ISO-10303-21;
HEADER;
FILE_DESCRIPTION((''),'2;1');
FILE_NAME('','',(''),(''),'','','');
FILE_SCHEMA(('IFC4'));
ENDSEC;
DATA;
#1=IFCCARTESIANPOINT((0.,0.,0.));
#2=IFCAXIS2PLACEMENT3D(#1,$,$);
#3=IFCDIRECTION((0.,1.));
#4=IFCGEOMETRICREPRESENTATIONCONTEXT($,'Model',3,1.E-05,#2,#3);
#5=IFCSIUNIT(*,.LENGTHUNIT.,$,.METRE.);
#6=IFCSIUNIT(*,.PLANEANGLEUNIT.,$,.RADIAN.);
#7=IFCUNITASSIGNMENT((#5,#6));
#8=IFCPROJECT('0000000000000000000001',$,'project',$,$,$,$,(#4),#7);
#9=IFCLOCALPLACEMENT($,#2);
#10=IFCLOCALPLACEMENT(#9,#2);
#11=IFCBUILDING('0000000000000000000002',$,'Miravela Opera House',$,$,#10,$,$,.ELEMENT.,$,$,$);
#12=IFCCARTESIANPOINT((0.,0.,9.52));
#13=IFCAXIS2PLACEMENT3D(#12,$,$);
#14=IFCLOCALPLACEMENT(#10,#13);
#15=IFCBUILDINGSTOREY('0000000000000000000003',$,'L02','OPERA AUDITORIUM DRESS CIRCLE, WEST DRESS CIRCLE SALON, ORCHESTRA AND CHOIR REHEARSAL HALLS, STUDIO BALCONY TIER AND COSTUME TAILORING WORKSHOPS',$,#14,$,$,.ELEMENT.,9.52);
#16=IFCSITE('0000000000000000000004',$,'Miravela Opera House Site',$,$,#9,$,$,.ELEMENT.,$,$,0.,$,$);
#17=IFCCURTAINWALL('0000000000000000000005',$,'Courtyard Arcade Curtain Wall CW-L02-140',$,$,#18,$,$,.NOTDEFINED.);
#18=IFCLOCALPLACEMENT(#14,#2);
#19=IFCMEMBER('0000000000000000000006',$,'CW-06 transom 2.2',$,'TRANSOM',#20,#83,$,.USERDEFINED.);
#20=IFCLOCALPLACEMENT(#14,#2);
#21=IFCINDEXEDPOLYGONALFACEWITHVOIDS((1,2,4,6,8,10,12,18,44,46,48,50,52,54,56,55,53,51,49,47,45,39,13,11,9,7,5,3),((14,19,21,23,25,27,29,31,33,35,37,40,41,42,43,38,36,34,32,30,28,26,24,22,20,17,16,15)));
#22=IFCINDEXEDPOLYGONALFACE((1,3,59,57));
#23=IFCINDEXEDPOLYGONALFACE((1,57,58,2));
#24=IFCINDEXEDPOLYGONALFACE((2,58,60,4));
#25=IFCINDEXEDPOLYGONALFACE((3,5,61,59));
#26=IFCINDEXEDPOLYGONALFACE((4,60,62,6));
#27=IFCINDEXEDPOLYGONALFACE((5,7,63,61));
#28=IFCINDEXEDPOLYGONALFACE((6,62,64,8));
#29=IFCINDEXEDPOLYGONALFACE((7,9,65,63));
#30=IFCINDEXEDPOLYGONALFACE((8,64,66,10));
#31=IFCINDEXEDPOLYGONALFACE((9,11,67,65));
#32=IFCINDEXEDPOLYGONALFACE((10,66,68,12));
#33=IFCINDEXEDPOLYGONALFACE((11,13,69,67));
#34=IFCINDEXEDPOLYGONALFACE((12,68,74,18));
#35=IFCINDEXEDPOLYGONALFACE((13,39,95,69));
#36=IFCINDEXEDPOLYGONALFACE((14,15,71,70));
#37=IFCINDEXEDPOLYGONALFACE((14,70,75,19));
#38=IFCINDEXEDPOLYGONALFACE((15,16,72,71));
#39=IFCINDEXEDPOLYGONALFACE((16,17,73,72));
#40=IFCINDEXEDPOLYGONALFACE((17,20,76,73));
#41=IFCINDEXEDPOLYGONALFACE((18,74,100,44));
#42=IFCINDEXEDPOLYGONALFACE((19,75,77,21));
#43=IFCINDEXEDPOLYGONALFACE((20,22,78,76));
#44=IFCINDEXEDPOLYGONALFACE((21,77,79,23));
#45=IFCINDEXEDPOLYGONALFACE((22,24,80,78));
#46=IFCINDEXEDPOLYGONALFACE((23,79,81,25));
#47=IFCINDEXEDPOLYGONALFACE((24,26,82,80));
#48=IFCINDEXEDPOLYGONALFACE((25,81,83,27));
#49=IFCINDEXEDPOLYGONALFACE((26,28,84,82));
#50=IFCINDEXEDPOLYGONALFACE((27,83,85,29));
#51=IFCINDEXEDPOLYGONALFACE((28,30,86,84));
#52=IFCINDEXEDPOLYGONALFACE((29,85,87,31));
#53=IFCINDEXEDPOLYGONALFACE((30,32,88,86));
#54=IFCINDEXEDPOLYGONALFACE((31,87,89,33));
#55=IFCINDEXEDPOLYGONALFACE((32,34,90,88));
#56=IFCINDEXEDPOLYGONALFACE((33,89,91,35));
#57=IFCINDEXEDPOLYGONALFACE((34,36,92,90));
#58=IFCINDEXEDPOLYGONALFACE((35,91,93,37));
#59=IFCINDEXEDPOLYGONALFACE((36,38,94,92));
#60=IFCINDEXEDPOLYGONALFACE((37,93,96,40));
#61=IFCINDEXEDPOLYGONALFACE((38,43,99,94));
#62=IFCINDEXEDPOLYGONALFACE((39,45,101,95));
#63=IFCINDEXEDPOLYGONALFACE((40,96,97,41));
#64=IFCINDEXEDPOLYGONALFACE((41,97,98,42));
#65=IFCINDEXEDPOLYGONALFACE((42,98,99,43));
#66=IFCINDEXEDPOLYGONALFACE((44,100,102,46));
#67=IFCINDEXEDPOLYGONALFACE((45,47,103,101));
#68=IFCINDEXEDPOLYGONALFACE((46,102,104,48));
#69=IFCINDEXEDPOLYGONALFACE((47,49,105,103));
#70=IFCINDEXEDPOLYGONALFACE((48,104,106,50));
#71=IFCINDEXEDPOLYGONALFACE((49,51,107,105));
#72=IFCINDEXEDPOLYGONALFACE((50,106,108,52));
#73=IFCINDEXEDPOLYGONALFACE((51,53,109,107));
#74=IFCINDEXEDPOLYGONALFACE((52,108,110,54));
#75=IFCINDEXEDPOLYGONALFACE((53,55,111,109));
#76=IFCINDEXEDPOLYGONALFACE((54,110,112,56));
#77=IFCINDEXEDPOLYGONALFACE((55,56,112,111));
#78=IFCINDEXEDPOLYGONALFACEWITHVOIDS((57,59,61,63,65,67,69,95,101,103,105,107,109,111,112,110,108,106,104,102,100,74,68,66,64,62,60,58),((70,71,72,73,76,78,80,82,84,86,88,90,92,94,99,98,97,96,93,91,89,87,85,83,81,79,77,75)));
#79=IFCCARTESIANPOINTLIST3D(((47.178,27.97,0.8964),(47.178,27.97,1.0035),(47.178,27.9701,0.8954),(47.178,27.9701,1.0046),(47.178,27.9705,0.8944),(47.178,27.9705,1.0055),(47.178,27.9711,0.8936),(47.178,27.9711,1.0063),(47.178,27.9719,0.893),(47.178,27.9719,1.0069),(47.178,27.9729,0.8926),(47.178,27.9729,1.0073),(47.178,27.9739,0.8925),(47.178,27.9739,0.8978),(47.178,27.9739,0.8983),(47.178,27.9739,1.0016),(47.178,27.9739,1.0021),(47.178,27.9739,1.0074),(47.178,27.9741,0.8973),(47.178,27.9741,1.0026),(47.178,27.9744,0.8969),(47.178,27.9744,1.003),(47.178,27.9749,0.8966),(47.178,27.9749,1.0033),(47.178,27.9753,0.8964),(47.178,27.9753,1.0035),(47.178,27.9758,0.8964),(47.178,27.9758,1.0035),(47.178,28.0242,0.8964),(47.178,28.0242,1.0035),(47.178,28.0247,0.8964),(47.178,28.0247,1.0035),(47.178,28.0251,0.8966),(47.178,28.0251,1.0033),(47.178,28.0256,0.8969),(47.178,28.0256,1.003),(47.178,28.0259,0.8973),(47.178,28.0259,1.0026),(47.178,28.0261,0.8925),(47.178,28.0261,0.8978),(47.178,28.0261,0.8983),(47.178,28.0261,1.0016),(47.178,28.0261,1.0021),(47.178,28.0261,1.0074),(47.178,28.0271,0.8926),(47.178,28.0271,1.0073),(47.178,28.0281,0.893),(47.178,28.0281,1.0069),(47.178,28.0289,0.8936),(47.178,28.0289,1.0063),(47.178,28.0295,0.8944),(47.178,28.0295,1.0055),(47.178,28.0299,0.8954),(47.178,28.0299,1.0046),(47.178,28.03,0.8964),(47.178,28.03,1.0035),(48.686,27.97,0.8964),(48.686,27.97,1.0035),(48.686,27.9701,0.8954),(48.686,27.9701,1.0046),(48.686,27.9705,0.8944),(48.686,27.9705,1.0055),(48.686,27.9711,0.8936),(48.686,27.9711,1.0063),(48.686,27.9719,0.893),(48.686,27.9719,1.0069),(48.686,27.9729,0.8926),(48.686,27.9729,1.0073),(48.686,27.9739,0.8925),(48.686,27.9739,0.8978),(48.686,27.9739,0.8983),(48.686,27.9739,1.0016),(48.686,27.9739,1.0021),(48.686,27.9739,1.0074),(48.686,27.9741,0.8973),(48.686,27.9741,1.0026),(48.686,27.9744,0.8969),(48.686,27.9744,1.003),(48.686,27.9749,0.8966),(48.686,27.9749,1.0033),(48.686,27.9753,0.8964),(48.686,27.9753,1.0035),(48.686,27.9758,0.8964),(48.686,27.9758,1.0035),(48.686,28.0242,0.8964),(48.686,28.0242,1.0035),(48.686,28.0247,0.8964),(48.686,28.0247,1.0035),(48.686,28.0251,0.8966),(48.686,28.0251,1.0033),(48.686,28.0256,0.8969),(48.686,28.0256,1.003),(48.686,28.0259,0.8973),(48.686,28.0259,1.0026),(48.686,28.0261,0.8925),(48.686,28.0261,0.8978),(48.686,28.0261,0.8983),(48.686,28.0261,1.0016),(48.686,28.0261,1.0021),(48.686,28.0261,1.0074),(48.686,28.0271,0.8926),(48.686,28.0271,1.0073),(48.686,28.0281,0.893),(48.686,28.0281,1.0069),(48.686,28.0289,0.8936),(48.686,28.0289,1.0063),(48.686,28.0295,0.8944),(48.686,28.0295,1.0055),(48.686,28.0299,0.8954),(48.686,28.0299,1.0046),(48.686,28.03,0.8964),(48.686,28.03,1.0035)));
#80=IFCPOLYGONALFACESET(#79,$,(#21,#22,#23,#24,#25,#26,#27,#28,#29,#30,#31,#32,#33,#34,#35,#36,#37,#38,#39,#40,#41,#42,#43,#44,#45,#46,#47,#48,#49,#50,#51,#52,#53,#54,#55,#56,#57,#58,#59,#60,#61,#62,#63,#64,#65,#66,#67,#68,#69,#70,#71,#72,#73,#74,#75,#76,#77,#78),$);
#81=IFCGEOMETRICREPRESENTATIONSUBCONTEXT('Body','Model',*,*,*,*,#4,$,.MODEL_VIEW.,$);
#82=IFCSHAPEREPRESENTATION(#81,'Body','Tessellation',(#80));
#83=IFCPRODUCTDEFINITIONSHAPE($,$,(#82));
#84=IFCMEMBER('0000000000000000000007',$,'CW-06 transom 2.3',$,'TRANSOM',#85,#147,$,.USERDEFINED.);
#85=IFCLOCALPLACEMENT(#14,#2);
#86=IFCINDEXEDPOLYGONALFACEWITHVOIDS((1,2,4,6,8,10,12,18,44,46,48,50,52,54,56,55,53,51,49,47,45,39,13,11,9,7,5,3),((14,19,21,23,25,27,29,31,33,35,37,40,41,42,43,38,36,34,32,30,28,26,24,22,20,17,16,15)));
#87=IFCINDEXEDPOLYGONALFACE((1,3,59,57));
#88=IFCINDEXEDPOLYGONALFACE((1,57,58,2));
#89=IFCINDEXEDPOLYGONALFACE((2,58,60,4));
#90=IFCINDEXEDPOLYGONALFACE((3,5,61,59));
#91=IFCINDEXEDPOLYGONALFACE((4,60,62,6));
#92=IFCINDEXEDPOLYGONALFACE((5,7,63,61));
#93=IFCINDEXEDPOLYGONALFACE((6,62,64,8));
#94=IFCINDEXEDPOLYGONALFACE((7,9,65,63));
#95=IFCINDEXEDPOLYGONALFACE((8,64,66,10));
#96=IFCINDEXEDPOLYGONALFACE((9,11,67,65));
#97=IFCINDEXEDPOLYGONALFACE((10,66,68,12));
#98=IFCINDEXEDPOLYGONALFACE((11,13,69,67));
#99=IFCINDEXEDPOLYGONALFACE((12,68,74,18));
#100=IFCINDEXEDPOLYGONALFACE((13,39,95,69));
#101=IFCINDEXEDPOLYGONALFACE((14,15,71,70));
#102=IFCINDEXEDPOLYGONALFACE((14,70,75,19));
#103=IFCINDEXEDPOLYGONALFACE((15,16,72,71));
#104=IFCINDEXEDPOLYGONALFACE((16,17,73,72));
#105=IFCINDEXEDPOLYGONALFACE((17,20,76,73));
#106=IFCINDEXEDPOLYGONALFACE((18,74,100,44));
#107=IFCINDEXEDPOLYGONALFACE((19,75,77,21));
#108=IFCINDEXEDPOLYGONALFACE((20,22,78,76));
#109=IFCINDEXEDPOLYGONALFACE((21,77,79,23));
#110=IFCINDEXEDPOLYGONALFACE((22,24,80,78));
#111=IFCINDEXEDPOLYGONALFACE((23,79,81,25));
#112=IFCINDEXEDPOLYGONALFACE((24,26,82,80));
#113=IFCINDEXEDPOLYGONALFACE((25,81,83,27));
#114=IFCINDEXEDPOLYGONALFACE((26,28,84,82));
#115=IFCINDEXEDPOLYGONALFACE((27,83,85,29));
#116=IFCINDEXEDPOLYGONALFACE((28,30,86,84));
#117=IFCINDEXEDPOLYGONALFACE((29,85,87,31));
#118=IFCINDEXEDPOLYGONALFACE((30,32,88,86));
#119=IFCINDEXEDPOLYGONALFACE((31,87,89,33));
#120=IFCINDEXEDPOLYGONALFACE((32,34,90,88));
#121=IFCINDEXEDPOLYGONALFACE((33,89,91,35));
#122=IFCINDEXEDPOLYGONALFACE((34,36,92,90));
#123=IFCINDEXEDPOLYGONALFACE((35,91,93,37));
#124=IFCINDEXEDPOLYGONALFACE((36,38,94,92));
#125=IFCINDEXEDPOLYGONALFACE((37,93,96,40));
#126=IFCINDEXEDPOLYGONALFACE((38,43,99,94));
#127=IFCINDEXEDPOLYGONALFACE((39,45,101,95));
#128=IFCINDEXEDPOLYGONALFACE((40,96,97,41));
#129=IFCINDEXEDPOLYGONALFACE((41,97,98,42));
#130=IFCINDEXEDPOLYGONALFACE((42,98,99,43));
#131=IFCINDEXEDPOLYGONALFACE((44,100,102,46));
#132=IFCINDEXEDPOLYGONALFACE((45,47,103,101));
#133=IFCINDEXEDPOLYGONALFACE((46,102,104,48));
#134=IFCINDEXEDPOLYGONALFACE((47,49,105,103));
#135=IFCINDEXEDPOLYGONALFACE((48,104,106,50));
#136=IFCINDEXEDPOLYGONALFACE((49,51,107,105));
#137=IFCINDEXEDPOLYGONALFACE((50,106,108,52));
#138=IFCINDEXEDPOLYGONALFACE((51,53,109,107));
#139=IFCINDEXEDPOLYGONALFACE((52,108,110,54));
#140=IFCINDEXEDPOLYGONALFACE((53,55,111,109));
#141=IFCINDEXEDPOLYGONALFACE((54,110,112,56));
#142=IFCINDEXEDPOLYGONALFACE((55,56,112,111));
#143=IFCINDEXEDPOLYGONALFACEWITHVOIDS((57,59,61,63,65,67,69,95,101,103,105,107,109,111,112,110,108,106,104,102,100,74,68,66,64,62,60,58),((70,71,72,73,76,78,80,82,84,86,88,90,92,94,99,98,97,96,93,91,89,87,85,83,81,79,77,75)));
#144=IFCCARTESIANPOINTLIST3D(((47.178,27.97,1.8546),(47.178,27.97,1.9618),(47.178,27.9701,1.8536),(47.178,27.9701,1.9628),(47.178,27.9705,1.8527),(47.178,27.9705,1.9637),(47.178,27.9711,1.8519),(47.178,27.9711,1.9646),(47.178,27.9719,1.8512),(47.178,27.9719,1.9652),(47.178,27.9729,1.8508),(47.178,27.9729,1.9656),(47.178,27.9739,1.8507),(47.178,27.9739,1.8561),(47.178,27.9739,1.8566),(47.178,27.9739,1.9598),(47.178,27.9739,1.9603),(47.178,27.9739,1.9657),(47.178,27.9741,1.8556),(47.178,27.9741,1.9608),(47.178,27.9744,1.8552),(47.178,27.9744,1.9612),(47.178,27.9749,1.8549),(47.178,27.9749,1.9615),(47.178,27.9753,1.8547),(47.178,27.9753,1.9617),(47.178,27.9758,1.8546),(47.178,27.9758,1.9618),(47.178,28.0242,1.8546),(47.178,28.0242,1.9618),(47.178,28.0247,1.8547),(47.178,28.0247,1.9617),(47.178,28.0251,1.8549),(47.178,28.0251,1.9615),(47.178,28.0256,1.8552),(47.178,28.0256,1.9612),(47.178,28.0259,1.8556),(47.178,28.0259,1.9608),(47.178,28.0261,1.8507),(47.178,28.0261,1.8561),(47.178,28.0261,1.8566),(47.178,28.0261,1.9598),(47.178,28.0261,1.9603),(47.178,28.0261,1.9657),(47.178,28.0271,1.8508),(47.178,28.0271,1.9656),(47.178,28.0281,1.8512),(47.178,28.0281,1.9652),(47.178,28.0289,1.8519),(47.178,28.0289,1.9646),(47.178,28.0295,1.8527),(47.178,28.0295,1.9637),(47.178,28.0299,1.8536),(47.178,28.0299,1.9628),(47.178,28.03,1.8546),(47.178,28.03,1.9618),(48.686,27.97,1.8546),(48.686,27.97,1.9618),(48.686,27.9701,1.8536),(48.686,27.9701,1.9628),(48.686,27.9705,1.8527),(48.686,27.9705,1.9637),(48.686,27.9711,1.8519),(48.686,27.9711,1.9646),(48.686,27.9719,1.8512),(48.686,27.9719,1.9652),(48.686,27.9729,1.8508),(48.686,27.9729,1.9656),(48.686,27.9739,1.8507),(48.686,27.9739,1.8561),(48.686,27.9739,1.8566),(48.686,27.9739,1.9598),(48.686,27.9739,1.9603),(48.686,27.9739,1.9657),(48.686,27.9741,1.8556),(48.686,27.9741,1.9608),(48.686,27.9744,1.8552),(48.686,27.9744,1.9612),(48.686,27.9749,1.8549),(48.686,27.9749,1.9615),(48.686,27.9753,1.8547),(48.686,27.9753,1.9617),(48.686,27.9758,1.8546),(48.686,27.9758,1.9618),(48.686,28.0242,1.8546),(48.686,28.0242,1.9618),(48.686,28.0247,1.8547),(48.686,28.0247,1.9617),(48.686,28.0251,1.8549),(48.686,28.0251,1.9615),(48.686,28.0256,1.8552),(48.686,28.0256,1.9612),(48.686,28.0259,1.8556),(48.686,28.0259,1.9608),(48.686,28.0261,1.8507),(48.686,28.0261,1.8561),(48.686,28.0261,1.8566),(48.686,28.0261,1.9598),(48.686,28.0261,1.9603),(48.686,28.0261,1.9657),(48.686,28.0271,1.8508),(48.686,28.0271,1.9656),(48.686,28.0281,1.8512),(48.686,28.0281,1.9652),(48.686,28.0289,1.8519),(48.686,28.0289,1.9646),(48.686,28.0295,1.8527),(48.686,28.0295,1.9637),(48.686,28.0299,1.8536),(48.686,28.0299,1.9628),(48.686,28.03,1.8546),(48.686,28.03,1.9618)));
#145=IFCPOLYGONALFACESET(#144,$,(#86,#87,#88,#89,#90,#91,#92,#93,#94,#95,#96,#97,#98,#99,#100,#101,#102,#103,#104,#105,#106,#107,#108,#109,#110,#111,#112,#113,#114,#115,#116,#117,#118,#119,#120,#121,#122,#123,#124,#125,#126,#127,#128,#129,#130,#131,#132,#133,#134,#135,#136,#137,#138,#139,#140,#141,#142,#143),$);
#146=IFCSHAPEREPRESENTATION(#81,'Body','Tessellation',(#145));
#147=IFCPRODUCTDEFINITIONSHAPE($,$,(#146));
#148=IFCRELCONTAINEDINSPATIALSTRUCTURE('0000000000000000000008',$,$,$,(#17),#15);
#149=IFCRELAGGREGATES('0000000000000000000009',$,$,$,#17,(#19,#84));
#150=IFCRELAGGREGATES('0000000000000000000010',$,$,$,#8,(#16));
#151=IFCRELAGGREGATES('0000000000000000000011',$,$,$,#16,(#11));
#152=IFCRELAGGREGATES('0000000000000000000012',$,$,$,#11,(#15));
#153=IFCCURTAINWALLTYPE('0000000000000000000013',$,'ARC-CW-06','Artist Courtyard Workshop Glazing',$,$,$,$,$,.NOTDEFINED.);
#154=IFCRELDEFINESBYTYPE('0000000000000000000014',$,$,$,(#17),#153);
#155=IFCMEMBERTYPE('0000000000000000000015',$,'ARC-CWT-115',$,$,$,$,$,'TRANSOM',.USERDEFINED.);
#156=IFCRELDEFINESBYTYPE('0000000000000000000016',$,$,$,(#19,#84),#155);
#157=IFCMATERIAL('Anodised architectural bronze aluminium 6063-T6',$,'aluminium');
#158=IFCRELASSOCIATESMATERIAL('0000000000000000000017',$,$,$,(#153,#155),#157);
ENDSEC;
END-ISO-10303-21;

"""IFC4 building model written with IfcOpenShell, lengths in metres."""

from ifc_helpers import new_model, si_unit, direction, frame, origin, origin_2d, place, context, subcontext, project, spatial, hollow_rectangle, extrude, material, material_profile, profile_set, type_object, element, aggregate, save


model = new_model("IFC4")

# Units and contexts
model_context = context("Model", 3, precision=1e-05, world=origin(), true_north=direction((0.0, 1.0)))
body_context = subcontext(model_context, "Body", "Model", "MODEL_VIEW")
ifc_project = project(units=[si_unit("LENGTHUNIT", "METRE"), si_unit("PLANEANGLEUNIT", "RADIAN")], contexts=[model_context])

# Site, building, storey
site_placement = place(None, origin())
site = spatial("IfcSite", under=ifc_project, at=site_placement, Name="Miravela Opera House Site", CompositionType="ELEMENT", RefElevation=0.0)
building_placement = place(site_placement, origin())
building = spatial("IfcBuilding", under=site, at=building_placement, Name="Miravela Opera House", CompositionType="ELEMENT")
storey_placement = place(building_placement, frame((0.0, 0.0, 9.52)))
storey = spatial("IfcBuildingStorey", under=building, at=storey_placement, Name="L02", Description="OPERA AUDITORIUM DRESS CIRCLE, WEST DRESS CIRCLE SALON, ORCHESTRA AND CHOIR REHEARSAL HALLS, STUDIO BALCONY TIER AND COSTUME TAILORING WORKSHOPS", CompositionType="ELEMENT", Elevation=9.52)

# Curtain wall, members
ifc_material_1 = material(Name="Anodised architectural bronze aluminium 6063-T6", Category="aluminium")
curtain_wall_type = type_object("IfcCurtainWallType", Name="ARC-CW-06", Description="Artist Courtyard Workshop Glazing", PredefinedType="NOTDEFINED", material=ifc_material_1)
curtain_wall_placement = place(storey_placement, origin())
curtain_wall = element("IfcCurtainWall", 1, at=curtain_wall_placement, inside=storey, type_object=curtain_wall_type, Name="Courtyard Arcade Curtain Wall CW-L02-140", PredefinedType="NOTDEFINED")
ifc_material_profile_1 = material_profile(ifc_material_1, hollow_rectangle(XDim=0.0601, YDim=0.115, WallThickness=0.0039, InnerFilletRadius=0.002, OuterFilletRadius=0.0039, at=origin_2d()), Name="CWT-60X115")
ifc_profile_set_1 = profile_set([ifc_material_profile_1])
member_type_1 = type_object("IfcMemberType", Name="ARC-CWT-115", ElementType="TRANSOM", PredefinedType="USERDEFINED", material=ifc_profile_set_1)
member_1_placement = place(storey_placement, frame((47.178, 28.0, 0.95), z_axis=(1.0, 0.0, 0.0), x_axis=(0.0, 1.0, 0.0)))
member_1 = element("IfcMember", 2, at=member_1_placement, type_object=member_type_1, Name="CW-06 transom 2.2", ObjectType="TRANSOM", PredefinedType="USERDEFINED", context=body_context, shape_type="SweptSolid", body=[
    extrude(hollow_rectangle(XDim=0.0601, YDim=0.115, WallThickness=0.0039, InnerFilletRadius=0.002, OuterFilletRadius=0.0039, at=origin_2d()), origin(), (0.0, 0.0, 1.0), 1.5081),
])
member_2_placement = place(storey_placement, frame((47.178, 28.0, 1.9082), z_axis=(1.0, 0.0, 0.0), x_axis=(0.0, 1.0, 0.0)))
member_2 = element("IfcMember", 3, at=member_2_placement, type_object=member_type_1, Name="CW-06 transom 2.3", ObjectType="TRANSOM", PredefinedType="USERDEFINED", context=body_context, shape_type="SweptSolid", body=[
    extrude(hollow_rectangle(XDim=0.0601, YDim=0.115, WallThickness=0.0039, InnerFilletRadius=0.002, OuterFilletRadius=0.0039, at=origin_2d()), origin(), (0.0, 0.0, 1.0), 1.5081),
])

aggregate(curtain_wall, [member_1, member_2])

save(model, "model.ifc")
